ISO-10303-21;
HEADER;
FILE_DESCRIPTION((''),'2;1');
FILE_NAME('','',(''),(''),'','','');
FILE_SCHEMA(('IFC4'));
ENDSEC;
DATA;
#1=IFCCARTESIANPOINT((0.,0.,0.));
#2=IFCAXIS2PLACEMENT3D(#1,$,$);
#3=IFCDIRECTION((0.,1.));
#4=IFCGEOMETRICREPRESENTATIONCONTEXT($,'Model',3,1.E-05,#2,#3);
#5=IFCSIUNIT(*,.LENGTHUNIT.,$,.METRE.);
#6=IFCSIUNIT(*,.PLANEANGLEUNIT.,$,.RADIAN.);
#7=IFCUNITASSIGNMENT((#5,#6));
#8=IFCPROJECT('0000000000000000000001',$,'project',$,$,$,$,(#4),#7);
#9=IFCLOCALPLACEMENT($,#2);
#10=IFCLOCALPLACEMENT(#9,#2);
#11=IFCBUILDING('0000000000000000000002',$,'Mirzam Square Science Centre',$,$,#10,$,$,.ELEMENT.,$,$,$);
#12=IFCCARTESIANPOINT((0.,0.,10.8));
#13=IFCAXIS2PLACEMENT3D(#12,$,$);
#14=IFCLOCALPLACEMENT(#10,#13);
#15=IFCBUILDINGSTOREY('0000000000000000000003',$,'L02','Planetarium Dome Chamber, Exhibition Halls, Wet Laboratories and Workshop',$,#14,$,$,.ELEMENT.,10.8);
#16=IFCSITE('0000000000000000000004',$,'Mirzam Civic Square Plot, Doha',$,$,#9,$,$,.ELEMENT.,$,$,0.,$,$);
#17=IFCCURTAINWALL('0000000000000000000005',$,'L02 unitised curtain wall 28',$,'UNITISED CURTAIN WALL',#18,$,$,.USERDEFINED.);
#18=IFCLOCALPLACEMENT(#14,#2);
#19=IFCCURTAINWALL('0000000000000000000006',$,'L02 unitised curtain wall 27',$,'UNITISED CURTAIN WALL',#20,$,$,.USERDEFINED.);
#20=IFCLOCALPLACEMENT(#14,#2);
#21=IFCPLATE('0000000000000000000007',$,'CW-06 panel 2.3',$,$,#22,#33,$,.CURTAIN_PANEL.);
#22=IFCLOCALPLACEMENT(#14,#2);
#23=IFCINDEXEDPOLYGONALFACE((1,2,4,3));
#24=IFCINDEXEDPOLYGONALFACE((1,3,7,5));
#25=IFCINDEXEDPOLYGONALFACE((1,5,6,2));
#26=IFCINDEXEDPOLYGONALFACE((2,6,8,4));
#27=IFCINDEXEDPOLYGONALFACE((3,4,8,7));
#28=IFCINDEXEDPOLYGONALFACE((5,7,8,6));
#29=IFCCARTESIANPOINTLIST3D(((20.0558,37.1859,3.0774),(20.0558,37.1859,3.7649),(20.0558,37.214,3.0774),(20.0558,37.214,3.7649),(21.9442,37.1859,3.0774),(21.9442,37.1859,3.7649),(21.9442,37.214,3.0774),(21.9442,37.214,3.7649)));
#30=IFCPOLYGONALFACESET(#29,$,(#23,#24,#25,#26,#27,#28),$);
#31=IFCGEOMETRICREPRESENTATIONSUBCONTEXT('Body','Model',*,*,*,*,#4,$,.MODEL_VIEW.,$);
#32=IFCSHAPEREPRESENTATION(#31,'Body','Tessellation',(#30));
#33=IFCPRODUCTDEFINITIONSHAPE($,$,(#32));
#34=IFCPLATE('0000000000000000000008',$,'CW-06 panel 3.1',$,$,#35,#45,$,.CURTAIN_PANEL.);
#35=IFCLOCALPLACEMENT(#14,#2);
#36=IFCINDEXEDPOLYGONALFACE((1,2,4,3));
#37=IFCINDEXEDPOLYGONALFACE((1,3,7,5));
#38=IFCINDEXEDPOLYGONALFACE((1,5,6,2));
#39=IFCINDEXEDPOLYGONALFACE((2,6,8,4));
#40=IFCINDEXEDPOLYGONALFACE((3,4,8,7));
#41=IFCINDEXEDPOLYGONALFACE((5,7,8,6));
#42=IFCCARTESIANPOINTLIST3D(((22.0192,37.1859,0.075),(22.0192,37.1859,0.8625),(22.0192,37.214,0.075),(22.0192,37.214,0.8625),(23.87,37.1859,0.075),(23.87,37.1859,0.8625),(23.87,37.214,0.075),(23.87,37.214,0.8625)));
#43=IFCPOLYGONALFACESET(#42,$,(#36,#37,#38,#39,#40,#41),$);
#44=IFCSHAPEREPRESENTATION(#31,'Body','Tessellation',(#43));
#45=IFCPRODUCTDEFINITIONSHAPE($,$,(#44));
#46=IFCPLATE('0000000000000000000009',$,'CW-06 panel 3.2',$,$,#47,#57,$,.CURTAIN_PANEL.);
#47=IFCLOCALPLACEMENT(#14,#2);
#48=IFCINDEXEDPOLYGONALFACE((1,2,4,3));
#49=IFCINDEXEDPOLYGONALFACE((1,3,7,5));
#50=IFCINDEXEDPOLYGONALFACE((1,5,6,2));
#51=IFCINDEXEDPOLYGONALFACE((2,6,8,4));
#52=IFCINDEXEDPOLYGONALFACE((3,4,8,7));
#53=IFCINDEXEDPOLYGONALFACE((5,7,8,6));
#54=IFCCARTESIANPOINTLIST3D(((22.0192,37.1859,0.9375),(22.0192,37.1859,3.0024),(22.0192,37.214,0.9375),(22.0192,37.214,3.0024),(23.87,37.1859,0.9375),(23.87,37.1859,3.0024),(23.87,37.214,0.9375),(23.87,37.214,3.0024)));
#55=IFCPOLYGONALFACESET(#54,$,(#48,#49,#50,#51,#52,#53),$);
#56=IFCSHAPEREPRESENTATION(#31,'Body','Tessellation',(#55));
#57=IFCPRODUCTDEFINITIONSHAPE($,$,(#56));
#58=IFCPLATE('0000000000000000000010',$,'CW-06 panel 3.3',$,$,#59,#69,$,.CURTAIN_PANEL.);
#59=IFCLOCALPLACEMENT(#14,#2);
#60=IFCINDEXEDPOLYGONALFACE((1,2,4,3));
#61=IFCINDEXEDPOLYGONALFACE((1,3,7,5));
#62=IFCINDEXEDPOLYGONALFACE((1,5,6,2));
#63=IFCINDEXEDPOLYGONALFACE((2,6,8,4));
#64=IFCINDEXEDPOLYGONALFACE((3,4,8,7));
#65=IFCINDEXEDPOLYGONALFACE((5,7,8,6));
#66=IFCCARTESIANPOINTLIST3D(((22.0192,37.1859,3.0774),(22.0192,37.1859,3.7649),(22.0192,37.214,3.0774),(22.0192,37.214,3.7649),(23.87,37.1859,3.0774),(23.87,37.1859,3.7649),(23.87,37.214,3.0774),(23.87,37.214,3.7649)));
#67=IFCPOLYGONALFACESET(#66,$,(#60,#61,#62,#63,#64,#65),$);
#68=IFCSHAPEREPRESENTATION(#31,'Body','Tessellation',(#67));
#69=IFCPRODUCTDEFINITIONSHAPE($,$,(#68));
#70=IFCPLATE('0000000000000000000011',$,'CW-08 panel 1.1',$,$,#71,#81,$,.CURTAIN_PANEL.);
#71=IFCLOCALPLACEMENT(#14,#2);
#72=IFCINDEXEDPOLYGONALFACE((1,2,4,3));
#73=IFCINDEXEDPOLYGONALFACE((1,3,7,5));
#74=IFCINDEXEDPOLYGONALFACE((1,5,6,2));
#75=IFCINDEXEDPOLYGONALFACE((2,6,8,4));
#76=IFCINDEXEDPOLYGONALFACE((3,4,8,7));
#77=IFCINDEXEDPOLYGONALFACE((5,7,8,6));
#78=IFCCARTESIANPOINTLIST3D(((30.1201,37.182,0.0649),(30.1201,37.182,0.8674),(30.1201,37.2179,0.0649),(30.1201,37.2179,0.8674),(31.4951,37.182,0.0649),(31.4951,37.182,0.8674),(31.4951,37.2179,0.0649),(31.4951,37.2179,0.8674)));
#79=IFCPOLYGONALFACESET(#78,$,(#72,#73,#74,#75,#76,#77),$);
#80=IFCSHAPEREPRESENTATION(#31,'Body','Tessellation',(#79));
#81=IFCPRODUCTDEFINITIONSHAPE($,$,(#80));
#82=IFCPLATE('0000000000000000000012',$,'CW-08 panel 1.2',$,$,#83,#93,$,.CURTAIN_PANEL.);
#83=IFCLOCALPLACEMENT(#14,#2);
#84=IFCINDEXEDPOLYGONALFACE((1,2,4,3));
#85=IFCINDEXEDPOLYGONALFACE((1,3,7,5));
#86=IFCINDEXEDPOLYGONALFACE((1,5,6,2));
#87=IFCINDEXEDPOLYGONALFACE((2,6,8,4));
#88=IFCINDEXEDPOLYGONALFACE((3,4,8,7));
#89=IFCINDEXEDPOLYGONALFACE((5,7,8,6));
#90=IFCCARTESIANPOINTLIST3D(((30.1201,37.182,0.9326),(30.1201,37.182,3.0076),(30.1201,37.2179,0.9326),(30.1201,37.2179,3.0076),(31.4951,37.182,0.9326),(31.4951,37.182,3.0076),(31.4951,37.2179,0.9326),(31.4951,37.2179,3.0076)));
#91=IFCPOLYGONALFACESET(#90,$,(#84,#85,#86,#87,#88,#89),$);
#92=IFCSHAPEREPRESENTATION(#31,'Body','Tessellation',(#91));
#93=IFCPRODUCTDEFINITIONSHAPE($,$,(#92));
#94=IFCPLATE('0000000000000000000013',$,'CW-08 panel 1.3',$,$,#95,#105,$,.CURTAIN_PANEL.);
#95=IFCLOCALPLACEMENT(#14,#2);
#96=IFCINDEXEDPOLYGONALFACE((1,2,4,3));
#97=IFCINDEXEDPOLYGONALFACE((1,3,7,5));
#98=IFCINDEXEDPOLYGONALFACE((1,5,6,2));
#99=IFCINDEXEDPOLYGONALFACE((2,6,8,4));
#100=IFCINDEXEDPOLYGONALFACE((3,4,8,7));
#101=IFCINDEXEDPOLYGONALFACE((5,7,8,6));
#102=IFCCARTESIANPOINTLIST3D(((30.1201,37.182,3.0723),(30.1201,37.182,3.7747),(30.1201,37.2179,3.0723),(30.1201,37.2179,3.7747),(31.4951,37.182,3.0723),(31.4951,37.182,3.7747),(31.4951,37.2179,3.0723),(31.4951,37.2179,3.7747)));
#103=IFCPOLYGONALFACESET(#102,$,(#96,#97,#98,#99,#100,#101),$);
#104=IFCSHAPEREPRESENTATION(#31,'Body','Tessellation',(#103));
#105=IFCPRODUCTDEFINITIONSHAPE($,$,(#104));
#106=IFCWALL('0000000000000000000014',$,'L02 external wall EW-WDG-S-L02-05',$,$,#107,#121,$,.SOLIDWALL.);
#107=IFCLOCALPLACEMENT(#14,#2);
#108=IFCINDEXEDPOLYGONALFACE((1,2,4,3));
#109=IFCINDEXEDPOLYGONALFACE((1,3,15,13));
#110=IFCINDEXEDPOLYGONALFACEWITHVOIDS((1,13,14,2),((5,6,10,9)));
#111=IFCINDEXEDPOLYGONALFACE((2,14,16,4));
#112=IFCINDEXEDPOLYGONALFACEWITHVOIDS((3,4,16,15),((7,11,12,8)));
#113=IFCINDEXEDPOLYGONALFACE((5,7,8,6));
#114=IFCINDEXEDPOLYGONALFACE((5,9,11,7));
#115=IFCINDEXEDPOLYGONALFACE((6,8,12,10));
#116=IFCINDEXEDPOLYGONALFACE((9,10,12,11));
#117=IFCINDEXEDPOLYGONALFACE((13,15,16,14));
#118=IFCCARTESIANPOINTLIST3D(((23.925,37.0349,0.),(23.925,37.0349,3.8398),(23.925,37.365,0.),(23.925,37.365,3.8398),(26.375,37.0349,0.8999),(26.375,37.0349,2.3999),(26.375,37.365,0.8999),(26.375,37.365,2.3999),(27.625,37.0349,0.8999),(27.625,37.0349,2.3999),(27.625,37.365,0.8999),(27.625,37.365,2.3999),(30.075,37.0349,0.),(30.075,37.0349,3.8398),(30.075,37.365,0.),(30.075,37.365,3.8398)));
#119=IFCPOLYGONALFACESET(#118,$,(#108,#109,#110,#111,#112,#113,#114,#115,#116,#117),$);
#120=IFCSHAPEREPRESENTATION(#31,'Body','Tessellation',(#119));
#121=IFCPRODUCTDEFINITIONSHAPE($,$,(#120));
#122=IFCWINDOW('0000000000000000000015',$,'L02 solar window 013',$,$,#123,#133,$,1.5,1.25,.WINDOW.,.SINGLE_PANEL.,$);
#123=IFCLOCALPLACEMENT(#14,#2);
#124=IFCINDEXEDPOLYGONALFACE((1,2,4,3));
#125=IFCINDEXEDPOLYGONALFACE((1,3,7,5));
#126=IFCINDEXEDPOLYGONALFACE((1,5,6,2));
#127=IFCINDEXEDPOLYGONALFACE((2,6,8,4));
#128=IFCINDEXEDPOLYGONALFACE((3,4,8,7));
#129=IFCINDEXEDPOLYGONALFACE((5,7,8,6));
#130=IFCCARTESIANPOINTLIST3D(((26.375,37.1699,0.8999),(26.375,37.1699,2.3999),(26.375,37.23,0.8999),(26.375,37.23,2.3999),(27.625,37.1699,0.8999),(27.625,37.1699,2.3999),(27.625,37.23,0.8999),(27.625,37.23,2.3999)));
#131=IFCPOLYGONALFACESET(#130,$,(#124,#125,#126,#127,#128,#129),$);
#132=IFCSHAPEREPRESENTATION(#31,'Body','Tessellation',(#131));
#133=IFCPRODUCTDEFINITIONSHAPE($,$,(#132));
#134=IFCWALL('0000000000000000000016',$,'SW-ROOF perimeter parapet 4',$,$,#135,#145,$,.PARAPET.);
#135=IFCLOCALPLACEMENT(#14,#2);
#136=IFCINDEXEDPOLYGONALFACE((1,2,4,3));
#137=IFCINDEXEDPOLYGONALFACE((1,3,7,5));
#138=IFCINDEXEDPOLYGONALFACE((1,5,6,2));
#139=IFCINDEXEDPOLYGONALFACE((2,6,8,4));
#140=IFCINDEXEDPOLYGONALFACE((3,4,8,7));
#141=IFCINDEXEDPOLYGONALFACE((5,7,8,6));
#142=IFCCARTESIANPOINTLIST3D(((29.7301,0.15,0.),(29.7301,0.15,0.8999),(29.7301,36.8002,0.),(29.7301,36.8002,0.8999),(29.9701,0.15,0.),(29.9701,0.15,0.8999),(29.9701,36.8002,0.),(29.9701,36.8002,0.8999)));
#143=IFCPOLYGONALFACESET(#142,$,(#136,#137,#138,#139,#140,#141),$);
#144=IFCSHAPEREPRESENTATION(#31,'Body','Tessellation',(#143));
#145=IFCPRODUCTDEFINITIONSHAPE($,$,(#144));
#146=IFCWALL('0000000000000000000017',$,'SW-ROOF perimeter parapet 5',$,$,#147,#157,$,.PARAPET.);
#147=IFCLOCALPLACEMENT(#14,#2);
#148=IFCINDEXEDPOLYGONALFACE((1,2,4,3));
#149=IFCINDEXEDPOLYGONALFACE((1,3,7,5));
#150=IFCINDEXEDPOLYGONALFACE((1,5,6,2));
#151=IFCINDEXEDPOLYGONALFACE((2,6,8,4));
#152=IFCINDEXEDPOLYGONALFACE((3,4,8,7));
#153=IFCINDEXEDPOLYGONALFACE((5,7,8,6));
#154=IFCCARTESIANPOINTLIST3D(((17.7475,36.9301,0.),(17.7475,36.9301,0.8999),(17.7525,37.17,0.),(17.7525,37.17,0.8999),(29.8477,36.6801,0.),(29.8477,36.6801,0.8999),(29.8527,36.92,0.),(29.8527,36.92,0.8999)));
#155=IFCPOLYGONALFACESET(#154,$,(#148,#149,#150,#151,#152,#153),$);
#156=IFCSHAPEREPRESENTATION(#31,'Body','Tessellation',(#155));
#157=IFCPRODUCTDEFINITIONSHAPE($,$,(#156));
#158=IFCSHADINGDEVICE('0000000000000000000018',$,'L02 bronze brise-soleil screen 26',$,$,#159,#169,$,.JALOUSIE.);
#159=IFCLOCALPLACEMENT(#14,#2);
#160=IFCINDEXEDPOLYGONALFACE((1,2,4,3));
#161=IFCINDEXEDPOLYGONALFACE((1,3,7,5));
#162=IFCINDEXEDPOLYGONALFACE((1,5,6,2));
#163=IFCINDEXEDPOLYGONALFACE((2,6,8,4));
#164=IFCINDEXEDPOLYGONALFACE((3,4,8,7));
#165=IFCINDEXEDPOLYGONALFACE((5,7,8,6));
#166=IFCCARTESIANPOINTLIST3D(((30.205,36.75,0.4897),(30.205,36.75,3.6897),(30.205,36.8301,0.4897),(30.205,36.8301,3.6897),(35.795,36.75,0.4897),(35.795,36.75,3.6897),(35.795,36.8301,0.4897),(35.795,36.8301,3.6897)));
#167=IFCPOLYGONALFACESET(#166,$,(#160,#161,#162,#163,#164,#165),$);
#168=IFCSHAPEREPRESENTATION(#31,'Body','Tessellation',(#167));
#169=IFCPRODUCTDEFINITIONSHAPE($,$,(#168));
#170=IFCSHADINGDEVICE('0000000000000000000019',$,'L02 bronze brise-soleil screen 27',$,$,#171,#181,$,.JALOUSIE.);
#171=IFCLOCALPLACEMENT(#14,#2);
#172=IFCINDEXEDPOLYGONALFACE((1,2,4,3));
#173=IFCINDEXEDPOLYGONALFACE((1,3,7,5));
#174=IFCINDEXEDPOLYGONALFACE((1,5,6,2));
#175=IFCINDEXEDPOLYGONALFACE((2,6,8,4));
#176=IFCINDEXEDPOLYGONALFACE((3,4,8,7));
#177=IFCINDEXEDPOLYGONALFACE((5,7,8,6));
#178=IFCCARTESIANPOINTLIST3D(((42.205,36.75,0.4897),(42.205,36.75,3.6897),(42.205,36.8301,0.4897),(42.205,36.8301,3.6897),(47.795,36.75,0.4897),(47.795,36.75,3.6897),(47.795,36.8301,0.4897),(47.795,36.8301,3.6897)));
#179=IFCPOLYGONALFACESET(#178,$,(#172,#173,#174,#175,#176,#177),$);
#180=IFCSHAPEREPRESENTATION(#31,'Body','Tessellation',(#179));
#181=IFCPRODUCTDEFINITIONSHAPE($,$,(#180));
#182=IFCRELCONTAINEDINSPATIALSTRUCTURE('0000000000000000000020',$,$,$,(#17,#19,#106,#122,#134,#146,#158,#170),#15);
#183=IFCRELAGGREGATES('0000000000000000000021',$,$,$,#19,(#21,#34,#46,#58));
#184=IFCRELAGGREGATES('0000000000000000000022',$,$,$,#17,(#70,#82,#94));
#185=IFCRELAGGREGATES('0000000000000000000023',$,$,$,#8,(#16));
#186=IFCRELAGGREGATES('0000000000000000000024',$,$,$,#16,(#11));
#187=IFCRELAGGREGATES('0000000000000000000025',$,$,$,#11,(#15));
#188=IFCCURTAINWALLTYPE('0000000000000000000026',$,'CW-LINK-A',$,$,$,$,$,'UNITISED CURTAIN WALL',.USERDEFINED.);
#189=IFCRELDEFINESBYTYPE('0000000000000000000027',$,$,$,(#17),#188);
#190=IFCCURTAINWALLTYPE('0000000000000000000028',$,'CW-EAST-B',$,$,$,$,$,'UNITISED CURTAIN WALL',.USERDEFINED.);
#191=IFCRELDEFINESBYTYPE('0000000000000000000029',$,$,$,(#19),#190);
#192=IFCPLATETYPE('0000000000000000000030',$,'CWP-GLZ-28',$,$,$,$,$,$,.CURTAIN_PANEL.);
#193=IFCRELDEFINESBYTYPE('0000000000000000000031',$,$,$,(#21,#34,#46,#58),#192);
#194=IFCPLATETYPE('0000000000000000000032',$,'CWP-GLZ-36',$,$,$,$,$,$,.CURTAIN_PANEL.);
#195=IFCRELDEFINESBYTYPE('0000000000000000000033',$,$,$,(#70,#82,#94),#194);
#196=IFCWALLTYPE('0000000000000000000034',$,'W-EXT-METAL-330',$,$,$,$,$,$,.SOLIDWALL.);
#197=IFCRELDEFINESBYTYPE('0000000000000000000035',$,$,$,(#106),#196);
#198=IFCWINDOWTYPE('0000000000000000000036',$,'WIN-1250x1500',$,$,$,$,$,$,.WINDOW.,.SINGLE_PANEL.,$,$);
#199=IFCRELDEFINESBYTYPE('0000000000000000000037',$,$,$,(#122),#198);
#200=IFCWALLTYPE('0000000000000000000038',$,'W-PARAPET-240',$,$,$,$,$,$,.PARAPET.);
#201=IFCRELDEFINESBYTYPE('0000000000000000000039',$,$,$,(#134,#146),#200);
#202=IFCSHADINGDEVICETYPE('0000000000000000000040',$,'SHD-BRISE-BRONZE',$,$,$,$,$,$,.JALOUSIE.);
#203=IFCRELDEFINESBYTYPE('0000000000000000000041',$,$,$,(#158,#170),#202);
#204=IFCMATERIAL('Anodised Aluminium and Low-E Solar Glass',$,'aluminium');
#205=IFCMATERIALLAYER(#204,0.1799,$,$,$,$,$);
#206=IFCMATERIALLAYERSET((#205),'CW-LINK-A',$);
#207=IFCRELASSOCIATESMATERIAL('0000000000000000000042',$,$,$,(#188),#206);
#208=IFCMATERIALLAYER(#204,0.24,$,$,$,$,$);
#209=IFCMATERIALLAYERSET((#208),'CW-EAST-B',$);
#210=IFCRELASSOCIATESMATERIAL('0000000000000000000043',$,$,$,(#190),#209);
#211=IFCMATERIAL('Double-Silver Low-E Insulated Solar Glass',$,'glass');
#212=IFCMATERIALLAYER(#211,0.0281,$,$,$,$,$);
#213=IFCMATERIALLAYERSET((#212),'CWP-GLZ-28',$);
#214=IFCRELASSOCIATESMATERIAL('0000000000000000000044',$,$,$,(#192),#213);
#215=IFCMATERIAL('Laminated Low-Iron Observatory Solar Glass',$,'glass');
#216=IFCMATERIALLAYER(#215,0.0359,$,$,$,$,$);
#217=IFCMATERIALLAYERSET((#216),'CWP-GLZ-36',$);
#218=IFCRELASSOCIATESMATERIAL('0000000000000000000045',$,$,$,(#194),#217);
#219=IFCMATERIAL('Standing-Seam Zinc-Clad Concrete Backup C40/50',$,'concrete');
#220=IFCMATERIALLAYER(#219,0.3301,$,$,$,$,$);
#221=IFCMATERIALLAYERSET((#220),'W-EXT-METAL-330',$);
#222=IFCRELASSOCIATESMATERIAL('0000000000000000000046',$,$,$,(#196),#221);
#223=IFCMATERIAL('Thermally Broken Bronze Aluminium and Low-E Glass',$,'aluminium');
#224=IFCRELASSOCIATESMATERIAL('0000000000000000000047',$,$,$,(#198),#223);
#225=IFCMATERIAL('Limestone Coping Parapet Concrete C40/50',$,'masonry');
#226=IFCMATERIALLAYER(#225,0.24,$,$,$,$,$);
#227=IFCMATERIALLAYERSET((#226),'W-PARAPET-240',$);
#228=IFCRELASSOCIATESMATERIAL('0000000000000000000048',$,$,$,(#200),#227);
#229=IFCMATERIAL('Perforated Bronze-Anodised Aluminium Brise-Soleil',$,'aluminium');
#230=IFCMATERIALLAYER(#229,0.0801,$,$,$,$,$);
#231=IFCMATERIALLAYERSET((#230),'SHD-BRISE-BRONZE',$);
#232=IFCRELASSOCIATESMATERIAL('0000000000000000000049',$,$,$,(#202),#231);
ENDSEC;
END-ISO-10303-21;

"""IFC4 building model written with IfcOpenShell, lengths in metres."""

from ifc_helpers import new_model, si_unit, direction, frame, frame_2d, origin, origin_2d, place, context, subcontext, project, spatial, rectangle, extrude, material, layer, layer_set, type_object, element, fill, aggregate, save


model = new_model("IFC4")

# Units and contexts
model_context = context("Model", 3, precision=1e-05, world=origin(), true_north=direction((0.0, 1.0)))
body_context = subcontext(model_context, "Body", "Model", "MODEL_VIEW")
ifc_project = project(units=[si_unit("LENGTHUNIT", "METRE"), si_unit("PLANEANGLEUNIT", "RADIAN")], contexts=[model_context])

# Site, building, storey
site_placement = place(None, origin())
site = spatial("IfcSite", under=ifc_project, at=site_placement, Name="Mirzam Civic Square Plot, Doha", CompositionType="ELEMENT", RefElevation=0.0)
building_placement = place(site_placement, origin())
building = spatial("IfcBuilding", under=site, at=building_placement, Name="Mirzam Square Science Centre", CompositionType="ELEMENT")
storey_placement = place(building_placement, frame((0.0, 0.0, 10.8)))
storey = spatial("IfcBuildingStorey", under=building, at=storey_placement, Name="L02", Description="Planetarium Dome Chamber, Exhibition Halls, Wet Laboratories and Workshop", CompositionType="ELEMENT", Elevation=10.8)

# Curtain walls
ifc_material_1 = material(Name="Anodised Aluminium and Low-E Solar Glass", Category="aluminium")
ifc_layer_1 = layer(ifc_material_1, 0.1799)
ifc_layer_set_1 = layer_set([ifc_layer_1], Name="CW-LINK-A")
curtain_wall_type_1 = type_object("IfcCurtainWallType", Name="CW-LINK-A", ElementType="UNITISED CURTAIN WALL", PredefinedType="USERDEFINED", material=ifc_layer_set_1)
curtain_wall_1_placement = place(storey_placement, origin())
curtain_wall_1 = element("IfcCurtainWall", 1, at=curtain_wall_1_placement, inside=storey, type_object=curtain_wall_type_1, Name="L02 unitised curtain wall 28", ObjectType="UNITISED CURTAIN WALL", PredefinedType="USERDEFINED")
ifc_layer_2 = layer(ifc_material_1, 0.24)
ifc_layer_set_2 = layer_set([ifc_layer_2], Name="CW-EAST-B")
curtain_wall_type_2 = type_object("IfcCurtainWallType", Name="CW-EAST-B", ElementType="UNITISED CURTAIN WALL", PredefinedType="USERDEFINED", material=ifc_layer_set_2)
curtain_wall_2_placement = place(storey_placement, origin())
curtain_wall_2 = element("IfcCurtainWall", 2, at=curtain_wall_2_placement, inside=storey, type_object=curtain_wall_type_2, Name="L02 unitised curtain wall 27", ObjectType="UNITISED CURTAIN WALL", PredefinedType="USERDEFINED")

# Plates
ifc_material_2 = material(Name="Double-Silver Low-E Insulated Solar Glass", Category="glass")
ifc_layer_3 = layer(ifc_material_2, 0.0281)
ifc_layer_set_3 = layer_set([ifc_layer_3], Name="CWP-GLZ-28")
plate_type_1 = type_object("IfcPlateType", Name="CWP-GLZ-28", PredefinedType="CURTAIN_PANEL", material=ifc_layer_set_3)
plate_1_placement = place(storey_placement, frame((21.0, 37.2, 3.0774), z_axis=(0.0, 0.0, 1.0), x_axis=(1.0, 0.0, 0.0)))
plate_1 = element("IfcPlate", 3, at=plate_1_placement, type_object=plate_type_1, Name="CW-06 panel 2.3", PredefinedType="CURTAIN_PANEL", context=body_context, shape_type="SweptSolid", body=[
    extrude(rectangle(XDim=1.8884, YDim=0.0281, at=origin_2d()), origin(), (0.0, 0.0, 1.0), 0.6875),
])
plate_2_placement = place(storey_placement, frame((22.9446, 37.2, 0.075), z_axis=(0.0, 0.0, 1.0), x_axis=(1.0, 0.0, 0.0)))
plate_2 = element("IfcPlate", 4, at=plate_2_placement, type_object=plate_type_1, Name="CW-06 panel 3.1", PredefinedType="CURTAIN_PANEL", context=body_context, shape_type="SweptSolid", body=[
    extrude(rectangle(XDim=1.8508, YDim=0.0281, at=origin_2d()), origin(), (0.0, 0.0, 1.0), 0.7876),
])
plate_3_placement = place(storey_placement, frame((22.9446, 37.2, 0.9375), z_axis=(0.0, 0.0, 1.0), x_axis=(1.0, 0.0, 0.0)))
plate_3 = element("IfcPlate", 5, at=plate_3_placement, type_object=plate_type_1, Name="CW-06 panel 3.2", PredefinedType="CURTAIN_PANEL", context=body_context, shape_type="SweptSolid", body=[
    extrude(rectangle(XDim=1.8508, YDim=0.0281, at=origin_2d()), origin(), (0.0, 0.0, 1.0), 2.0649),
])
plate_4_placement = place(storey_placement, frame((22.9446, 37.2, 3.0774), z_axis=(0.0, 0.0, 1.0), x_axis=(1.0, 0.0, 0.0)))
plate_4 = element("IfcPlate", 6, at=plate_4_placement, type_object=plate_type_1, Name="CW-06 panel 3.3", PredefinedType="CURTAIN_PANEL", context=body_context, shape_type="SweptSolid", body=[
    extrude(rectangle(XDim=1.8508, YDim=0.0281, at=origin_2d()), origin(), (0.0, 0.0, 1.0), 0.6875),
])
aggregate(curtain_wall_2, [plate_1, plate_2, plate_3, plate_4])
ifc_material_3 = material(Name="Laminated Low-Iron Observatory Solar Glass", Category="glass")
ifc_layer_4 = layer(ifc_material_3, 0.0359)
ifc_layer_set_4 = layer_set([ifc_layer_4], Name="CWP-GLZ-36")
plate_type_2 = type_object("IfcPlateType", Name="CWP-GLZ-36", PredefinedType="CURTAIN_PANEL", material=ifc_layer_set_4)
plate_5_placement = place(storey_placement, frame((30.8076, 37.2, 0.0649), z_axis=(0.0, 0.0, 1.0), x_axis=(1.0, 0.0, 0.0)))
plate_5 = element("IfcPlate", 7, at=plate_5_placement, type_object=plate_type_2, Name="CW-08 panel 1.1", PredefinedType="CURTAIN_PANEL", context=body_context, shape_type="SweptSolid", body=[
    extrude(rectangle(XDim=1.375, YDim=0.0359, at=origin_2d()), origin(), (0.0, 0.0, 1.0), 0.8025),
])
plate_6_placement = place(storey_placement, frame((30.8076, 37.2, 0.9326), z_axis=(0.0, 0.0, 1.0), x_axis=(1.0, 0.0, 0.0)))
plate_6 = element("IfcPlate", 8, at=plate_6_placement, type_object=plate_type_2, Name="CW-08 panel 1.2", PredefinedType="CURTAIN_PANEL", context=body_context, shape_type="SweptSolid", body=[
    extrude(rectangle(XDim=1.375, YDim=0.0359, at=origin_2d()), origin(), (0.0, 0.0, 1.0), 2.075),
])
plate_7_placement = place(storey_placement, frame((30.8076, 37.2, 3.0723), z_axis=(0.0, 0.0, 1.0), x_axis=(1.0, 0.0, 0.0)))
plate_7 = element("IfcPlate", 9, at=plate_7_placement, type_object=plate_type_2, Name="CW-08 panel 1.3", PredefinedType="CURTAIN_PANEL", context=body_context, shape_type="SweptSolid", body=[
    extrude(rectangle(XDim=1.375, YDim=0.0359, at=origin_2d()), origin(), (0.0, 0.0, 1.0), 0.7024),
])
aggregate(curtain_wall_1, [plate_5, plate_6, plate_7])

# Wall, opening, window
ifc_material_4 = material(Name="Standing-Seam Zinc-Clad Concrete Backup C40/50", Category="concrete")
ifc_layer_5 = layer(ifc_material_4, 0.3301)
ifc_layer_set_5 = layer_set([ifc_layer_5], Name="W-EXT-METAL-330")
wall_type_1 = type_object("IfcWallType", Name="W-EXT-METAL-330", PredefinedType="SOLIDWALL", material=ifc_layer_set_5)
wall_1_placement = place(storey_placement, frame((23.925, 37.2, 0.0), z_axis=(0.0, 0.0, 1.0), x_axis=(1.0, 0.0, 0.0)))
wall_1 = element("IfcWall", 10, at=wall_1_placement, inside=storey, type_object=wall_type_1, Name="L02 external wall EW-WDG-S-L02-05", PredefinedType="SOLIDWALL", context=body_context, shape_type="SweptSolid", body=[
    extrude(rectangle(XDim=6.1499, YDim=0.3301, at=frame_2d((3.075, 0.0))), origin(), (0.0, 0.0, 1.0), 3.8398),
])
opening_placement = place(wall_1_placement, frame((2.45, 0.0, 0.8999)))
opening = element("IfcOpeningElement", 11, at=opening_placement, cuts=wall_1, PredefinedType="OPENING", context=body_context, shape_type="SweptSolid", body=[
    extrude(rectangle(XDim=1.25, YDim=1.5, at=frame_2d((0.625, 0.75))), frame((0.0, 0.175, 0.0), z_axis=(0.0, -1.0, 0.0), x_axis=(1.0, 0.0, 0.0)), (0.0, 0.0, 1.0), 0.3501),
])
ifc_material_5 = material(Name="Thermally Broken Bronze Aluminium and Low-E Glass", Category="aluminium")
window_type = type_object("IfcWindowType", Name="WIN-1250x1500", PartitioningType="SINGLE_PANEL", PredefinedType="WINDOW", material=ifc_material_5)
window_placement = place(opening_placement, origin())
window = element("IfcWindow", 12, at=window_placement, inside=storey, type_object=window_type, Name="L02 solar window 013", OverallHeight=1.5, OverallWidth=1.25, PartitioningType="SINGLE_PANEL", PredefinedType="WINDOW", context=body_context, shape_type="SweptSolid", body=[
    extrude(rectangle(XDim=1.25, YDim=1.5, at=frame_2d((0.625, 0.75))), frame((0.0, 0.03, 0.0), z_axis=(0.0, -1.0, 0.0), x_axis=(1.0, 0.0, 0.0)), (0.0, 0.0, 1.0), 0.0601),
])
fill(opening, window)

# Walls
ifc_material_6 = material(Name="Limestone Coping Parapet Concrete C40/50", Category="masonry")
ifc_layer_6 = layer(ifc_material_6, 0.24)
ifc_layer_set_6 = layer_set([ifc_layer_6], Name="W-PARAPET-240")
wall_type_2 = type_object("IfcWallType", Name="W-PARAPET-240", PredefinedType="PARAPET", material=ifc_layer_set_6)
wall_2_placement = place(storey_placement, frame((29.8501, 0.1499, 0.0), z_axis=(0.0, 0.0, 1.0), x_axis=(0.0, 1.0, 0.0)))
element("IfcWall", 13, at=wall_2_placement, inside=storey, type_object=wall_type_2, Name="SW-ROOF perimeter parapet 4", PredefinedType="PARAPET", context=body_context, shape_type="SweptSolid", body=[
    extrude(rectangle(XDim=36.6501, YDim=0.24, at=frame_2d((18.3252, 0.0))), origin(), (0.0, 0.0, 1.0), 0.8999),
])
wall_3_placement = place(storey_placement, frame((29.8501, 36.8, 0.0), z_axis=(0.0, 0.0, 1.0), x_axis=(-0.999787, 0.020657, 0.0)))
element("IfcWall", 14, at=wall_3_placement, inside=storey, type_object=wall_type_2, Name="SW-ROOF perimeter parapet 5", PredefinedType="PARAPET", context=body_context, shape_type="SweptSolid", body=[
    extrude(rectangle(XDim=12.1028, YDim=0.24, at=frame_2d((6.0513, 0.0))), origin(), (0.0, 0.0, 1.0), 0.8999),
])

# Shading devices
ifc_material_7 = material(Name="Perforated Bronze-Anodised Aluminium Brise-Soleil", Category="aluminium")
ifc_layer_7 = layer(ifc_material_7, 0.0801)
ifc_layer_set_7 = layer_set([ifc_layer_7], Name="SHD-BRISE-BRONZE")
shading_device_type = type_object("IfcShadingDeviceType", Name="SHD-BRISE-BRONZE", PredefinedType="JALOUSIE", material=ifc_layer_set_7)
for number, where, z_axis, x_axis, name in (
    (15, (33.0, 36.79, 0.4897), (0.0, 0.0, 1.0), (1.0, 0.0, 0.0), "L02 bronze brise-soleil screen 26"),
    (16, (45.0, 36.79, 0.4897), (0.0, 0.0, 1.0), (1.0, 0.0, 0.0), "L02 bronze brise-soleil screen 27"),
):
    element("IfcShadingDevice", number, at=place(storey_placement, frame(where, z_axis=z_axis, x_axis=x_axis)), inside=storey, type_object=shading_device_type, Name=name, PredefinedType="JALOUSIE", context=body_context, shape_type="SweptSolid", body=[
        extrude(rectangle(XDim=5.5901, YDim=0.0801, at=origin_2d()), origin(), (0.0, 0.0, 1.0), 3.2),
    ])

save(model, "model.ifc")
